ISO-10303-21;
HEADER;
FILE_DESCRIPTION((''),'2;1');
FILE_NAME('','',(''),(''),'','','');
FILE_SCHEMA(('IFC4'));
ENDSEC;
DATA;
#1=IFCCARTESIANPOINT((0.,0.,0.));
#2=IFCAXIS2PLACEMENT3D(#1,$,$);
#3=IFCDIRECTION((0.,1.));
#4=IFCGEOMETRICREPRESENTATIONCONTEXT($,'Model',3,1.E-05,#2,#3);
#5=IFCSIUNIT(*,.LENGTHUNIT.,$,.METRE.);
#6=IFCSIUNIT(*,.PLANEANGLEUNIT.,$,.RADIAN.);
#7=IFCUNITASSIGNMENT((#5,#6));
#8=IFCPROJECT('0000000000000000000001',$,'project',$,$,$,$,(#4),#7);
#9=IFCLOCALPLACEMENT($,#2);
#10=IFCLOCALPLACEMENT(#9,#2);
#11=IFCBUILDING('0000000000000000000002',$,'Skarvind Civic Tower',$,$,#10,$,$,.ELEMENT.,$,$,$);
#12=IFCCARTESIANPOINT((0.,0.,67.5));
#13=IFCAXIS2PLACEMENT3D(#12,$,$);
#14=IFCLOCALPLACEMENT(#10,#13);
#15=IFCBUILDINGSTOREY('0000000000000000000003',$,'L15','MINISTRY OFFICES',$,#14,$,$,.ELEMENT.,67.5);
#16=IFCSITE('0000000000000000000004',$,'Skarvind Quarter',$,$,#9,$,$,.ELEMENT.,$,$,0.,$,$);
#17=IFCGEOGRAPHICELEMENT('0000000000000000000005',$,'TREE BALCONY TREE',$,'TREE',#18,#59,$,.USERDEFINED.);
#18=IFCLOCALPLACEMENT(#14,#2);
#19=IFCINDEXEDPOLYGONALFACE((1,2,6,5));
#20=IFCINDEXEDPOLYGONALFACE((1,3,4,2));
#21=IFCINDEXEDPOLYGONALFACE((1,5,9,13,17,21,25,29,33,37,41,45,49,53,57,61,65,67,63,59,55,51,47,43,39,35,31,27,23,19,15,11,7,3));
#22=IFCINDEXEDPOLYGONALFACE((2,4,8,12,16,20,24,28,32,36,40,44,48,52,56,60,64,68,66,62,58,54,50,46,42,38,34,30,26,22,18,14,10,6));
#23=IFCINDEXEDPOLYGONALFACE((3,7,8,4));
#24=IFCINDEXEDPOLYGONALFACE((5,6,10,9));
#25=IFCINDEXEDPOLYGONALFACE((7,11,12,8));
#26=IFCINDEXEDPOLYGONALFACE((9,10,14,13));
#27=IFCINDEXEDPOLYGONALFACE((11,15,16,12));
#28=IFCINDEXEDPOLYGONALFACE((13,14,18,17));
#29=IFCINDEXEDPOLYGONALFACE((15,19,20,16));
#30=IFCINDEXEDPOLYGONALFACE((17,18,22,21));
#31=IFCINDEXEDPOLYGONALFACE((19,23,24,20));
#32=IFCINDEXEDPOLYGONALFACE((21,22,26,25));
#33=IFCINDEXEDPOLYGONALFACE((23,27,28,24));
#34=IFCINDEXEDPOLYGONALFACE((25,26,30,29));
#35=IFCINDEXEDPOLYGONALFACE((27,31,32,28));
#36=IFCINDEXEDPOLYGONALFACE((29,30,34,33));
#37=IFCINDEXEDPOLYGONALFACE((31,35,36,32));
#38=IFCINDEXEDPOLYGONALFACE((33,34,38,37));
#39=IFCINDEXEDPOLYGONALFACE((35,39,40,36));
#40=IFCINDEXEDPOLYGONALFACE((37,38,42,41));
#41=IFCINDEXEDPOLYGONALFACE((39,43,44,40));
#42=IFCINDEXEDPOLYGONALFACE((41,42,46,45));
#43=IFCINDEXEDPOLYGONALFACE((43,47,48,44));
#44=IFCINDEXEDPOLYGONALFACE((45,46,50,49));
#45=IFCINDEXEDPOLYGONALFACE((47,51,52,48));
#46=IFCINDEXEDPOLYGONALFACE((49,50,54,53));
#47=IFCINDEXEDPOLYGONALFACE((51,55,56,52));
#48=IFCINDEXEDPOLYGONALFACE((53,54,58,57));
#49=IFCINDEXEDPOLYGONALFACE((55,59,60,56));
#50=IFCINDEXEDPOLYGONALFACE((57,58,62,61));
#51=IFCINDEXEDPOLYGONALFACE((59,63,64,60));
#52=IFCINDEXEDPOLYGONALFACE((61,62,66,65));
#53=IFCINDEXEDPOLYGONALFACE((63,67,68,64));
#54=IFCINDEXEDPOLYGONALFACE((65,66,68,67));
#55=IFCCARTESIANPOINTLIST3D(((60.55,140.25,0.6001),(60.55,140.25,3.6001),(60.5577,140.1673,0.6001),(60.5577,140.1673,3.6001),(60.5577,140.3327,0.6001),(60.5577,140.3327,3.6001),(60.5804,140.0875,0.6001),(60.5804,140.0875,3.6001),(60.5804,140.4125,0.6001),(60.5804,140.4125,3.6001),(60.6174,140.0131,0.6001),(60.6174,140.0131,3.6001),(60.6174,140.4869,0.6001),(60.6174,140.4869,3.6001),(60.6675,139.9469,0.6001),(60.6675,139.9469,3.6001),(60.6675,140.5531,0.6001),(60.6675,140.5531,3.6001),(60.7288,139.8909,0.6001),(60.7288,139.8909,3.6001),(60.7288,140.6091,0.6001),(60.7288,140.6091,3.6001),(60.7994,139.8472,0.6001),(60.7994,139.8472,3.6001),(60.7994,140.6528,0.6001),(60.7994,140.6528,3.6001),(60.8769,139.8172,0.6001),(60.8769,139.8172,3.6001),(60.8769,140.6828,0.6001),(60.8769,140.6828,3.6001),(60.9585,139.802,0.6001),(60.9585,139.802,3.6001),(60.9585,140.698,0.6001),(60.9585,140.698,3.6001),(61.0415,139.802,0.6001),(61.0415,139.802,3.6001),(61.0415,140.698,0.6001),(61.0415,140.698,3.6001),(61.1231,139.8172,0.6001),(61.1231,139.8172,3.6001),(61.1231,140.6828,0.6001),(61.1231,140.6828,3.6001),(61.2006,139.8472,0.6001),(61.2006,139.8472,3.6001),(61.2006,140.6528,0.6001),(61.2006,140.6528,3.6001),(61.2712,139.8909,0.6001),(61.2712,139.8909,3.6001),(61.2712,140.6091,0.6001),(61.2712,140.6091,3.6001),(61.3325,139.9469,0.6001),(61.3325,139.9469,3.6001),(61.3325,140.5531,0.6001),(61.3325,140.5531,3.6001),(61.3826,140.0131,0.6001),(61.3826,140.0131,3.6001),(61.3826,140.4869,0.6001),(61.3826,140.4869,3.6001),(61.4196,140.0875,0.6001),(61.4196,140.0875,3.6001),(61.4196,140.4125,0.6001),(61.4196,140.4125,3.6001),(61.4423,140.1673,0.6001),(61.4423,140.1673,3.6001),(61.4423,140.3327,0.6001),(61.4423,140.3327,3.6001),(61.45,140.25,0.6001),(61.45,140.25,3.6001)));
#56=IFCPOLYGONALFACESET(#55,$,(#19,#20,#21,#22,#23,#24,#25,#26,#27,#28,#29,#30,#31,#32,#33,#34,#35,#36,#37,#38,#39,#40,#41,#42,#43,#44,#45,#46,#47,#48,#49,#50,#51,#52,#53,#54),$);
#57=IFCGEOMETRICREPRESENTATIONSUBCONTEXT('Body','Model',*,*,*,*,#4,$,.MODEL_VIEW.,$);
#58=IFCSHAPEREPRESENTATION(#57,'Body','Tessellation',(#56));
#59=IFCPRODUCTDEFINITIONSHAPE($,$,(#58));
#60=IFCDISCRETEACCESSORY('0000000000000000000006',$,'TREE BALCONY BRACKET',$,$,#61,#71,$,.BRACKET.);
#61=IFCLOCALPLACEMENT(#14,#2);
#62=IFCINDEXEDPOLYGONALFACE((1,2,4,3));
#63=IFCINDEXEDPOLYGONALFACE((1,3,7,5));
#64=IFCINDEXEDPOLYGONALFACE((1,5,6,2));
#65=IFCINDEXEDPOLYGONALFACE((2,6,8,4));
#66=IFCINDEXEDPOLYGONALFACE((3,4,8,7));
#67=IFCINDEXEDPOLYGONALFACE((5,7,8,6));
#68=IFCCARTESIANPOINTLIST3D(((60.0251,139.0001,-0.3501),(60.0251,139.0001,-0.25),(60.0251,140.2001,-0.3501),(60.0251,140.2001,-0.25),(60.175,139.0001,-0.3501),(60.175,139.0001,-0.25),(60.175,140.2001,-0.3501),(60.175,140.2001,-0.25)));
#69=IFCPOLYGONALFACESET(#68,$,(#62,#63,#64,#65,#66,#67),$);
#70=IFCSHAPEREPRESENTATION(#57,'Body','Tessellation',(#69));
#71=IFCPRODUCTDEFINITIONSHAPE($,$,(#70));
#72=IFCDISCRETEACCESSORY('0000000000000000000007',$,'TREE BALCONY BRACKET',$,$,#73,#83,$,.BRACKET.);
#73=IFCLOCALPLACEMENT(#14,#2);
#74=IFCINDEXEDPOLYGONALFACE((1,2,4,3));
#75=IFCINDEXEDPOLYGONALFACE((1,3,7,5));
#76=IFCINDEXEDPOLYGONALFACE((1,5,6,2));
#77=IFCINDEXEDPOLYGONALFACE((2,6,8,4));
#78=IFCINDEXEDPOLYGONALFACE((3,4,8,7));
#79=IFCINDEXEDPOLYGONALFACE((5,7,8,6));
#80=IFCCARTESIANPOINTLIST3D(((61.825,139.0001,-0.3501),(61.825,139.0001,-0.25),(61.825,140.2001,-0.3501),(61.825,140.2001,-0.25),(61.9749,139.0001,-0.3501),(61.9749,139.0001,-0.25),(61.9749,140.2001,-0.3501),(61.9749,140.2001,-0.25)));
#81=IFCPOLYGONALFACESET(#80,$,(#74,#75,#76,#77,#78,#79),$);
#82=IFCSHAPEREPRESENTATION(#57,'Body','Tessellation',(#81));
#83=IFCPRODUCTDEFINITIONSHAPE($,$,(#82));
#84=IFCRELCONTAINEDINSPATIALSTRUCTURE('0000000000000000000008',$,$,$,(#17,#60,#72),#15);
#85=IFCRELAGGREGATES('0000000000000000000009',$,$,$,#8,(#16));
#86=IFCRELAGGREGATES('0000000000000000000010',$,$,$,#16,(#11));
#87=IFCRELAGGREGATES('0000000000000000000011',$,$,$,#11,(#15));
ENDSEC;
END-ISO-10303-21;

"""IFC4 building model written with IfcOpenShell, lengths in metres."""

from ifc_helpers import new_model, si_unit, direction, frame, origin, origin_2d, place, context, subcontext, project, spatial, rectangle, circle, extrude, element, save


model = new_model("IFC4")

# Units and contexts
model_context = context("Model", 3, precision=1e-05, world=origin(), true_north=direction((0.0, 1.0)))
body_context = subcontext(model_context, "Body", "Model", "MODEL_VIEW")
ifc_project = project(units=[si_unit("LENGTHUNIT", "METRE"), si_unit("PLANEANGLEUNIT", "RADIAN")], contexts=[model_context])

# Site, building, storey
site_placement = place(None, origin())
site = spatial("IfcSite", under=ifc_project, at=site_placement, Name="Skarvind Quarter", CompositionType="ELEMENT", RefElevation=0.0)
building_placement = place(site_placement, origin())
building = spatial("IfcBuilding", under=site, at=building_placement, Name="Skarvind Civic Tower", CompositionType="ELEMENT")
storey_placement = place(building_placement, frame((0.0, 0.0, 67.5)))
storey = spatial("IfcBuildingStorey", under=building, at=storey_placement, Name="L15", Description="MINISTRY OFFICES", CompositionType="ELEMENT", Elevation=67.5)

# Geographic element
geographic_element_placement = place(storey_placement, frame((61.0, 140.25, 0.6001), z_axis=(0.0, 0.0, 1.0), x_axis=(1.0, 0.0, 0.0)))
element("IfcGeographicElement", 1, at=geographic_element_placement, inside=storey, Name="TREE BALCONY TREE", ObjectType="TREE", PredefinedType="USERDEFINED", context=body_context, shape_type="SweptSolid", body=[
    extrude(circle(Radius=0.45, at=origin_2d()), origin(), (0.0, 0.0, 1.0), 3.0),
])

# Discrete accessories
for number, where, z_axis, x_axis, name in (
    (2, (60.1001, 139.6001, -0.3501), (0.0, 0.0, 1.0), (1.0, 0.0, 0.0), "TREE BALCONY BRACKET"),
    (3, (61.8999, 139.6001, -0.3501), (0.0, 0.0, 1.0), (1.0, 0.0, 0.0), "TREE BALCONY BRACKET"),
):
    element("IfcDiscreteAccessory", number, at=place(storey_placement, frame(where, z_axis=z_axis, x_axis=x_axis)), inside=storey, Name=name, PredefinedType="BRACKET", context=body_context, shape_type="SweptSolid", body=[
        extrude(rectangle(XDim=0.1499, YDim=1.2, at=origin_2d()), origin(), (0.0, 0.0, 1.0), 0.1001),
    ])

save(model, "model.ifc")
